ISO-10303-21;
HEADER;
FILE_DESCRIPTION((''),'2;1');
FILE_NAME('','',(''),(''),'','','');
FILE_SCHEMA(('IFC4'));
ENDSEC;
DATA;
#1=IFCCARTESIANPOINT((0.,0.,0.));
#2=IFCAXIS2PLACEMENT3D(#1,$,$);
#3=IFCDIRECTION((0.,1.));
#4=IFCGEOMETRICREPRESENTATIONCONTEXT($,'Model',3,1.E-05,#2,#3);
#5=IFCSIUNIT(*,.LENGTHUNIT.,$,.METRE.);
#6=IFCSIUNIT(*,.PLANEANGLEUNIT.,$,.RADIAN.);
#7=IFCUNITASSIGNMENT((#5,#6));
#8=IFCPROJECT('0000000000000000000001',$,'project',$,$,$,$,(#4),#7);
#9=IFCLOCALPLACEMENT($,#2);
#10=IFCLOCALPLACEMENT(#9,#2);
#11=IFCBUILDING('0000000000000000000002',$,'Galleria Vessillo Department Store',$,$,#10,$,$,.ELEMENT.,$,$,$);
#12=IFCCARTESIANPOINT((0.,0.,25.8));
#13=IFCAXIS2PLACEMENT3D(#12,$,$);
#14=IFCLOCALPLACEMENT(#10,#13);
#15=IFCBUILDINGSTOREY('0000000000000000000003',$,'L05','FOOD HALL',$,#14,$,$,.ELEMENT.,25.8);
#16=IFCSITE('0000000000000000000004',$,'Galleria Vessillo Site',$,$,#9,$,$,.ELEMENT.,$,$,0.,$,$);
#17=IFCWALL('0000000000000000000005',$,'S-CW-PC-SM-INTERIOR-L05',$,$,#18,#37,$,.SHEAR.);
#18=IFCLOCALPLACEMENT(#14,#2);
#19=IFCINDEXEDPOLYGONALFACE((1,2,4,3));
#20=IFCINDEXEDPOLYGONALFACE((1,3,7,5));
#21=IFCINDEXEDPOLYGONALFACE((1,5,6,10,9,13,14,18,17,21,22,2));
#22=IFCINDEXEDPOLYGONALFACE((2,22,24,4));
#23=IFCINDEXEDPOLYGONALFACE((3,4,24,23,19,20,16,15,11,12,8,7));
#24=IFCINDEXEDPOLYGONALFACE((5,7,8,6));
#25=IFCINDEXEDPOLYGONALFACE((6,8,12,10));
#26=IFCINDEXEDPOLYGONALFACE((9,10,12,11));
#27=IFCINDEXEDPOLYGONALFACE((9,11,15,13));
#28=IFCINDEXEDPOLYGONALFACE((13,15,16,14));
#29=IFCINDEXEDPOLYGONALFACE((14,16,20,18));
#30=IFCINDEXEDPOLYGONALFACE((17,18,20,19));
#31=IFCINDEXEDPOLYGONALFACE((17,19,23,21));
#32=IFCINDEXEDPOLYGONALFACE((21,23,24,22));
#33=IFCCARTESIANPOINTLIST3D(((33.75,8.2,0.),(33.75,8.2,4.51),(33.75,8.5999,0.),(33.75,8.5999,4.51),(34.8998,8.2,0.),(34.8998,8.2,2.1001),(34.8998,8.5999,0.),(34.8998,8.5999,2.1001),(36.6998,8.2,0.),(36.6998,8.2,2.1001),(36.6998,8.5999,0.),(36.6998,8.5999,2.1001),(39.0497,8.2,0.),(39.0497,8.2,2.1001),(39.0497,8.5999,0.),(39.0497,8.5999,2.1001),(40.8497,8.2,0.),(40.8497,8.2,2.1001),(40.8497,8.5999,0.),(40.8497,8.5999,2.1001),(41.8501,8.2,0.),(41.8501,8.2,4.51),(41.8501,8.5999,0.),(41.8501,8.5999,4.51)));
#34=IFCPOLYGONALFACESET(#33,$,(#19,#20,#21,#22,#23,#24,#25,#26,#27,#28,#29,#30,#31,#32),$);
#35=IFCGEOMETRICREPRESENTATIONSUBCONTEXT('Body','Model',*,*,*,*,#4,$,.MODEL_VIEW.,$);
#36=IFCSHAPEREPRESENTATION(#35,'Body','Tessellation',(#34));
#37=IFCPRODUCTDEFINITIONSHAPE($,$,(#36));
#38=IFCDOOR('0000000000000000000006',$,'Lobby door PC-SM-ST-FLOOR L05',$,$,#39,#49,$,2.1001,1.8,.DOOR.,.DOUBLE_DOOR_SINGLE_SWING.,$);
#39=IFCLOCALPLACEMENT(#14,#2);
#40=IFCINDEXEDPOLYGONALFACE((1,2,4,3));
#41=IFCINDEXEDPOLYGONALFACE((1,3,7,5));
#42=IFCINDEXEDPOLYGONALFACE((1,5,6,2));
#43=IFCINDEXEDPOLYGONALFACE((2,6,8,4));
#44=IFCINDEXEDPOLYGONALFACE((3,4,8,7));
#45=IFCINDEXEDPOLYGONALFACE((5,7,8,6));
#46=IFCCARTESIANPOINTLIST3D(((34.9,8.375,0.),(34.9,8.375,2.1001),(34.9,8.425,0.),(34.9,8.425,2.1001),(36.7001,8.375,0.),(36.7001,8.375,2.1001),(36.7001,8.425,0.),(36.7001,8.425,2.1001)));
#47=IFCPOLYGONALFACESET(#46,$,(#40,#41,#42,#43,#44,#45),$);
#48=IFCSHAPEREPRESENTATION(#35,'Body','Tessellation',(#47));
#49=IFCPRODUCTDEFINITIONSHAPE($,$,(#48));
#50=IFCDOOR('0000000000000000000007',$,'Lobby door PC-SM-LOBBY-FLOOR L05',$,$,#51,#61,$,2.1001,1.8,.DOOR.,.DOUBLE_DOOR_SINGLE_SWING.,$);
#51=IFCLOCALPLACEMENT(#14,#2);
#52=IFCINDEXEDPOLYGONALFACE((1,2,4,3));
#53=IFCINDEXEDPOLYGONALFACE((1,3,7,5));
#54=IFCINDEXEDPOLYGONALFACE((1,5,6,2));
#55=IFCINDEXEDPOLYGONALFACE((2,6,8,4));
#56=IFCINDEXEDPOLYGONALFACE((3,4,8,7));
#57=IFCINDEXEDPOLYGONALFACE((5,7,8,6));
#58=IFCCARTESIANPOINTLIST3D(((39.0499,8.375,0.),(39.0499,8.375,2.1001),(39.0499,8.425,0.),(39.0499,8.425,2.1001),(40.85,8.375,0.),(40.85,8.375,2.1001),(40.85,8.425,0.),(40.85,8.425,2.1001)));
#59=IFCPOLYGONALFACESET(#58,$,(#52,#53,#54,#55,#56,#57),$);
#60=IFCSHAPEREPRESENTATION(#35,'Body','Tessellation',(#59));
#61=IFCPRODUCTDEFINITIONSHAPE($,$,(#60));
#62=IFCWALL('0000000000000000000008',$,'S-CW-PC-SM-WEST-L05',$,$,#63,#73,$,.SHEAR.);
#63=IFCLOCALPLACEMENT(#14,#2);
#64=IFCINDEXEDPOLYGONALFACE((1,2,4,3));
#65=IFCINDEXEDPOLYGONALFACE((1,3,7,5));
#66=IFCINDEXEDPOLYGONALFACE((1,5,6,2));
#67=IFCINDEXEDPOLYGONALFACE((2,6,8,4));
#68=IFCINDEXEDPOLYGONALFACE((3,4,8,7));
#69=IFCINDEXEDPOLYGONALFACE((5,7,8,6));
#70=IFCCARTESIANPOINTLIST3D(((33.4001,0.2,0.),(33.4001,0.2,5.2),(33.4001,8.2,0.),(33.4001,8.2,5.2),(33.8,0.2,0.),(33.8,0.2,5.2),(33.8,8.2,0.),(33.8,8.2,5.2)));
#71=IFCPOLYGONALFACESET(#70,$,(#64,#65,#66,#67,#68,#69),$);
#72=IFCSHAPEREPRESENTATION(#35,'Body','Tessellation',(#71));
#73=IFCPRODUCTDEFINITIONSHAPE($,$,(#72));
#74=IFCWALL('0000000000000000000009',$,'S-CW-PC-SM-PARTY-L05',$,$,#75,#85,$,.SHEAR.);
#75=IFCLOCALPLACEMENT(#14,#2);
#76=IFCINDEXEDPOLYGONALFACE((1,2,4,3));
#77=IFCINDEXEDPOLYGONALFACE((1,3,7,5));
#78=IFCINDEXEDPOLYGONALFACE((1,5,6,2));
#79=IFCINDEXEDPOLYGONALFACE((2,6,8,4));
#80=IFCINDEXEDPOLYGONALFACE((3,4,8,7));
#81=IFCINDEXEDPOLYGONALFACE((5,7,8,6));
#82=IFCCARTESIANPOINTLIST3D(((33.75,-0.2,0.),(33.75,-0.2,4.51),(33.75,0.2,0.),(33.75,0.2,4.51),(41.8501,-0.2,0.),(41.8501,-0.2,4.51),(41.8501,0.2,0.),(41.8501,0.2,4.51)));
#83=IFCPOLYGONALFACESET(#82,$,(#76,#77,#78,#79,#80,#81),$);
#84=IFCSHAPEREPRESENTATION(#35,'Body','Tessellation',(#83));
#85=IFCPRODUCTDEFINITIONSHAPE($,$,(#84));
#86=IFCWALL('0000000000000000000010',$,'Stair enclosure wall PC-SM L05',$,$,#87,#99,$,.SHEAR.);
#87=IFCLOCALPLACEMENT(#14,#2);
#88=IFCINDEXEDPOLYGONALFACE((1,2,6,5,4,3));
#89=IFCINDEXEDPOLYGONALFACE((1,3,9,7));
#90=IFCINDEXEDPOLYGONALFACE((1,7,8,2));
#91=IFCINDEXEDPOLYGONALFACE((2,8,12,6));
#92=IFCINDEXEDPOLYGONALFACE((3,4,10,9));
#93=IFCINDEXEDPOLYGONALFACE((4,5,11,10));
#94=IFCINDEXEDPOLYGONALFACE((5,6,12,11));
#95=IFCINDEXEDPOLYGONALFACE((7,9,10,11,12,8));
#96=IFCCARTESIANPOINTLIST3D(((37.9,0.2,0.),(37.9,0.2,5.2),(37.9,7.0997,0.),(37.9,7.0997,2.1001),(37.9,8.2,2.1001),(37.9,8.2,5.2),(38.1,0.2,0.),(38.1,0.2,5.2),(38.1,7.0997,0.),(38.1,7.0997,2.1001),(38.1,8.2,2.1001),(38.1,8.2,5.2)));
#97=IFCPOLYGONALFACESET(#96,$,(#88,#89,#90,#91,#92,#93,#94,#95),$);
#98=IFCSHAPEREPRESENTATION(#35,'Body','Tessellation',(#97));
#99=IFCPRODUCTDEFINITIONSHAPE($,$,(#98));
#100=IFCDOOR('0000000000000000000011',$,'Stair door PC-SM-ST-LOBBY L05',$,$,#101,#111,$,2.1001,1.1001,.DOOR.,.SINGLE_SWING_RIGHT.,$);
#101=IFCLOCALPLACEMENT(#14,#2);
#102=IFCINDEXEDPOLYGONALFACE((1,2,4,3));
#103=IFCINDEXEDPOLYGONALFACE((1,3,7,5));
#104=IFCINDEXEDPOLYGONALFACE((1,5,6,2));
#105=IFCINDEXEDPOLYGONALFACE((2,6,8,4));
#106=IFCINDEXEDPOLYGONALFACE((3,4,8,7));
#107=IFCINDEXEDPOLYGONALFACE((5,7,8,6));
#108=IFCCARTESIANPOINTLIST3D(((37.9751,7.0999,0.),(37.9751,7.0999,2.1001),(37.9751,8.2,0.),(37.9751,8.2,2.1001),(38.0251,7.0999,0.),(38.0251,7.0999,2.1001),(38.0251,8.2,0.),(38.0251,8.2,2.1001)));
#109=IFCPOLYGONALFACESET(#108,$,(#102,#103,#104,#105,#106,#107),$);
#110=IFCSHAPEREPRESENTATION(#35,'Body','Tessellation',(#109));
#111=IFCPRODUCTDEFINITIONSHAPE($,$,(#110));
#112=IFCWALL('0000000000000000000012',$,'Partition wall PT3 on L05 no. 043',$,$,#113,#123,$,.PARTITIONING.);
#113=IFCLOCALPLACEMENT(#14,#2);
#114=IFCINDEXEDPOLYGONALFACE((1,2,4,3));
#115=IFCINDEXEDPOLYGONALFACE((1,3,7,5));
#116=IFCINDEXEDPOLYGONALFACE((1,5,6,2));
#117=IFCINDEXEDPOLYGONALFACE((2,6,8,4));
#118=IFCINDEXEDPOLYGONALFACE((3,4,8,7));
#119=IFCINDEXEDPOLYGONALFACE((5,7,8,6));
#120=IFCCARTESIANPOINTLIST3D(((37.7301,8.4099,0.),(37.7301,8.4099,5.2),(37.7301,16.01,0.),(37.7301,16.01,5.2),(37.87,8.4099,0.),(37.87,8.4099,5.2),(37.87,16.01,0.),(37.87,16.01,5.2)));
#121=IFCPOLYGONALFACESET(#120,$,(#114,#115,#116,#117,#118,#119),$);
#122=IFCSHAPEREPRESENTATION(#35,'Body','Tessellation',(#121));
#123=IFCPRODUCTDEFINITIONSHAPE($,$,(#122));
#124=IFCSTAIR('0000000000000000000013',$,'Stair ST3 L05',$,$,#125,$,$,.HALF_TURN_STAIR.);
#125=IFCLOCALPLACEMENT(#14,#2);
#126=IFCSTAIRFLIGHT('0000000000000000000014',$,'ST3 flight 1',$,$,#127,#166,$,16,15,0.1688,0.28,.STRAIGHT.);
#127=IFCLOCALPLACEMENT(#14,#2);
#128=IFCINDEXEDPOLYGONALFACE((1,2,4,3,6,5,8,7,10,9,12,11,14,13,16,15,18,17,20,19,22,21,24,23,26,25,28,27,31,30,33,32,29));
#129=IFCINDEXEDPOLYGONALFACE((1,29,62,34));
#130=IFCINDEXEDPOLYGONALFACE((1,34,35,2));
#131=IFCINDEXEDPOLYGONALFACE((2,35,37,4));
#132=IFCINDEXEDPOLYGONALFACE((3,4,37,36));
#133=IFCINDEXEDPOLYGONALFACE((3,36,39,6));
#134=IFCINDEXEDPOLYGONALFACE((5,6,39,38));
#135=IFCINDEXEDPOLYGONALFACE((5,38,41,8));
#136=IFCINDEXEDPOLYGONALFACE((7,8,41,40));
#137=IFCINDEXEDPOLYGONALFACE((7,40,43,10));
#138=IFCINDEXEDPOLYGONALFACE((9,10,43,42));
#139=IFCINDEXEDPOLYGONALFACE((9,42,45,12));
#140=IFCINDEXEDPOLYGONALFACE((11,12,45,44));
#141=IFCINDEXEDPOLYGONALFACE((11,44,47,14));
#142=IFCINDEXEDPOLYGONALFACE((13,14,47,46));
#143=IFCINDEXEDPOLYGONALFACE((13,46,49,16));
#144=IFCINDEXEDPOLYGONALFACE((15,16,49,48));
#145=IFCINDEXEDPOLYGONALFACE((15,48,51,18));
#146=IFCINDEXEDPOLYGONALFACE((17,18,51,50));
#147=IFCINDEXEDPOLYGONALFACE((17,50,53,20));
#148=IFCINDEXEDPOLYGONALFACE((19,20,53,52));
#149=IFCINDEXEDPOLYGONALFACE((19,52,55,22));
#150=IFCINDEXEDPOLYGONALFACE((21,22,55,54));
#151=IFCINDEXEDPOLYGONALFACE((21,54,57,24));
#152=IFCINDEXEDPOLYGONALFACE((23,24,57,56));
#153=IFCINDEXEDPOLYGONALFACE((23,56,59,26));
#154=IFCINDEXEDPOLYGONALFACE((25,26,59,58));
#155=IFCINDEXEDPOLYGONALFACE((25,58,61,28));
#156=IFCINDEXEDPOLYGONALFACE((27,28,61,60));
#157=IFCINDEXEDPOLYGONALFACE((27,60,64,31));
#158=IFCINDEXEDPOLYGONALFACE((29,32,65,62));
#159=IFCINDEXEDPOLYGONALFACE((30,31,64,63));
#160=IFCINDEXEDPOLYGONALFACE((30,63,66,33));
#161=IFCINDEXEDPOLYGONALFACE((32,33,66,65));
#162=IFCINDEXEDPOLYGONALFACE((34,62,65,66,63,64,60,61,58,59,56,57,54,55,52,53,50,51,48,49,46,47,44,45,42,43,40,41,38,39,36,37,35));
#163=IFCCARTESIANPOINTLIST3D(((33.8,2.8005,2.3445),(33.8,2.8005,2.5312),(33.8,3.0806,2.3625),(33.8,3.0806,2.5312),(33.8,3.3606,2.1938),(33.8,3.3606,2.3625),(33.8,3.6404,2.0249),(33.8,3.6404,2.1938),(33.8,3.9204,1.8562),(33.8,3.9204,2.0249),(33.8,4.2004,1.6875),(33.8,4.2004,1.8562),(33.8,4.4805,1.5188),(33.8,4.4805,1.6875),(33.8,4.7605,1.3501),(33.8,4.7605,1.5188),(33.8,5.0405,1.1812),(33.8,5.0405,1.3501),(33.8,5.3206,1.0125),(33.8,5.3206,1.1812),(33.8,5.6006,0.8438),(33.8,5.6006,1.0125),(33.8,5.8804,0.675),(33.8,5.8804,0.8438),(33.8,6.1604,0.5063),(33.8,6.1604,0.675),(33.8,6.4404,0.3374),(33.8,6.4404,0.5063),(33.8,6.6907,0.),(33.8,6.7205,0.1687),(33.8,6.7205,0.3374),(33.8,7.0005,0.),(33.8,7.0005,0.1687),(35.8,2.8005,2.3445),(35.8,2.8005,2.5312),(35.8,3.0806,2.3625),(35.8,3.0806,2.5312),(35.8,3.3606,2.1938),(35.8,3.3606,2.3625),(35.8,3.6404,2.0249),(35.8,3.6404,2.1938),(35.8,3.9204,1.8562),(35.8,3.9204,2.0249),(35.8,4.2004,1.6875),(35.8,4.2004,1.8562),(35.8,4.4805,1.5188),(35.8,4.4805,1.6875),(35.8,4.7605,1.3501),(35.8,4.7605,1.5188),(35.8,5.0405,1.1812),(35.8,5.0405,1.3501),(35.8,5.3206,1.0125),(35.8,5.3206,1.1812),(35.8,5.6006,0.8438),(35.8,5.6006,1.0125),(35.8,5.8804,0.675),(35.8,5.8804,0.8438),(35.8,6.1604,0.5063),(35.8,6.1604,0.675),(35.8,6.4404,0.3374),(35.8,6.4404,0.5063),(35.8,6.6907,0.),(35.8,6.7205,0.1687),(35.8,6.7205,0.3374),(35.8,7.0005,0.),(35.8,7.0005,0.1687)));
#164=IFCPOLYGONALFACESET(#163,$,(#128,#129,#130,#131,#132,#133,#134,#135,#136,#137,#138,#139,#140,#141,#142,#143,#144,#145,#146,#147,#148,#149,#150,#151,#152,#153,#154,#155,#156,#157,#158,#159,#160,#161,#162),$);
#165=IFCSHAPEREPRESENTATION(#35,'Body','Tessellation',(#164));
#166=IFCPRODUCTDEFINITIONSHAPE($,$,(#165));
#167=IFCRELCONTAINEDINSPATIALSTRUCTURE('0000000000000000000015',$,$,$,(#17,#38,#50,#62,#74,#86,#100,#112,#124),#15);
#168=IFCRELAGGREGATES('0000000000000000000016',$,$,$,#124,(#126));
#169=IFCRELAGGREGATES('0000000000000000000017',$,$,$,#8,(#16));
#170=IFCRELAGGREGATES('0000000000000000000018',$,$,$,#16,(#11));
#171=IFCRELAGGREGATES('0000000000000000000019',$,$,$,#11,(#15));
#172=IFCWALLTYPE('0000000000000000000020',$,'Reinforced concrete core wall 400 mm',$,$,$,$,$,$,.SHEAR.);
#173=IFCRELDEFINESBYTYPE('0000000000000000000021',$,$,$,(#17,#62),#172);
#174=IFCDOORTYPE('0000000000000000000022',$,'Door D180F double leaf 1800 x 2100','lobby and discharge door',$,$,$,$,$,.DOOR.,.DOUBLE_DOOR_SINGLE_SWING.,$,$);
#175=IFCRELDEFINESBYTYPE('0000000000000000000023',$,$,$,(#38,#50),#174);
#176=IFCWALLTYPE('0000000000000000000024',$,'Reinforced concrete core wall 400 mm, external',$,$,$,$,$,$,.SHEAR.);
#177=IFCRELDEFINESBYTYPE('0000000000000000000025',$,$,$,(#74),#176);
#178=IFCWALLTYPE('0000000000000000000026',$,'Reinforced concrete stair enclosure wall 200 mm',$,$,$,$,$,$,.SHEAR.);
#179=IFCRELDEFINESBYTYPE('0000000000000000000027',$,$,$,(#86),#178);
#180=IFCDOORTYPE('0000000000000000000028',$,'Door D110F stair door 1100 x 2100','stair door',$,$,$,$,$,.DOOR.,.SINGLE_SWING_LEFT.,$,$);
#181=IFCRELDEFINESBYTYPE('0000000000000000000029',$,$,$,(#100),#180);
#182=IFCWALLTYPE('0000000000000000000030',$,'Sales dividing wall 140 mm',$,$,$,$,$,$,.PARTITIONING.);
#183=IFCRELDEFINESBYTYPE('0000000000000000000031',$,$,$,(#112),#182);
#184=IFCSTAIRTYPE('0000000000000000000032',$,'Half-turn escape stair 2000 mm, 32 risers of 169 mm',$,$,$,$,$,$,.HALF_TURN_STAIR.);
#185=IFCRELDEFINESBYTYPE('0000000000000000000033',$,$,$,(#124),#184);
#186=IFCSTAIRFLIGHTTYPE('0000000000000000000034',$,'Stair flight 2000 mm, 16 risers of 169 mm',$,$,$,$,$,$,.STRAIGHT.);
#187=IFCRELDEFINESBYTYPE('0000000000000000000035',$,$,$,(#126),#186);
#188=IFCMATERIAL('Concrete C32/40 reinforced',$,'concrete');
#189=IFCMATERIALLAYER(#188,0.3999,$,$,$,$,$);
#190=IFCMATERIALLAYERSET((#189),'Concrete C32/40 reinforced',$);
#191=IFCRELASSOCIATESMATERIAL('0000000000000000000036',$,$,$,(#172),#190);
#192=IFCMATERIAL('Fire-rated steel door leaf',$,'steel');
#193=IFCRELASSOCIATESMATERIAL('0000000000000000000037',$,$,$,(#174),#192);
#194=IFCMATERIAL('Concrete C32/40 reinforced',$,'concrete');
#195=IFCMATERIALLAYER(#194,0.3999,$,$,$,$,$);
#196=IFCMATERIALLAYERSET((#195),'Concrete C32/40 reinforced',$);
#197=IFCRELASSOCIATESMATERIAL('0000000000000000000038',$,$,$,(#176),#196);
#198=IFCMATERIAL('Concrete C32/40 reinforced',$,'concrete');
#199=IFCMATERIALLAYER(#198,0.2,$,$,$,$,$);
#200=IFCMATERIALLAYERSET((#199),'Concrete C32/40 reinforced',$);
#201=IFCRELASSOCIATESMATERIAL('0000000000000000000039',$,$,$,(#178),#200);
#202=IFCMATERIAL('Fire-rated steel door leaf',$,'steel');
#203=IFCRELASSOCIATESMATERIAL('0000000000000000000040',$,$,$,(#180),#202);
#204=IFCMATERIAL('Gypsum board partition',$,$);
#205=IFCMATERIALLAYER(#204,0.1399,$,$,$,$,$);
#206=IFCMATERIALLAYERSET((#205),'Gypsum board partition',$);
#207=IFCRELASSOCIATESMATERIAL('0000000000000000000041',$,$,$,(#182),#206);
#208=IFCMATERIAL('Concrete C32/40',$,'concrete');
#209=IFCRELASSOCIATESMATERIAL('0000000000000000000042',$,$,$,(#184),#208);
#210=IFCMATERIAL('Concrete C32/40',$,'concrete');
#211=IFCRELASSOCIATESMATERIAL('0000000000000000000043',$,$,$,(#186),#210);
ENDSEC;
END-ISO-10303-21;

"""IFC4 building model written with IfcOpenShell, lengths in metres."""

from ifc_helpers import new_model, si_unit, direction, frame, frame_2d, origin, place, context, subcontext, project, spatial, polyline, rectangle, outline, extrude, material, layer, layer_set, type_object, element, fill, aggregate, save


model = new_model("IFC4")

# Units and contexts
model_context = context("Model", 3, precision=1e-05, world=origin(), true_north=direction((0.0, 1.0)))
body_context = subcontext(model_context, "Body", "Model", "MODEL_VIEW")
ifc_project = project(units=[si_unit("LENGTHUNIT", "METRE"), si_unit("PLANEANGLEUNIT", "RADIAN")], contexts=[model_context])

# Site, building, storey
site_placement = place(None, origin())
site = spatial("IfcSite", under=ifc_project, at=site_placement, Name="Galleria Vessillo Site", CompositionType="ELEMENT", RefElevation=0.0)
building_placement = place(site_placement, origin())
building = spatial("IfcBuilding", under=site, at=building_placement, Name="Galleria Vessillo Department Store", CompositionType="ELEMENT")
storey_placement = place(building_placement, frame((0.0, 0.0, 25.8)))
storey = spatial("IfcBuildingStorey", under=building, at=storey_placement, Name="L05", Description="FOOD HALL", CompositionType="ELEMENT", Elevation=25.8)

# Wall, openings, doors
ifc_material_1 = material(Name="Concrete C32/40 reinforced", Category="concrete")
ifc_layer_1 = layer(ifc_material_1, 0.3999)
ifc_layer_set_1 = layer_set([ifc_layer_1], Name="Concrete C32/40 reinforced")
wall_type_1 = type_object("IfcWallType", Name="Reinforced concrete core wall 400 mm", PredefinedType="SHEAR", material=ifc_layer_set_1)
wall_1_placement = place(storey_placement, frame((33.75, 8.3999, 0.0), z_axis=(0.0, 0.0, 1.0), x_axis=(1.0, 0.0, 0.0)))
wall_1 = element("IfcWall", 1, at=wall_1_placement, inside=storey, type_object=wall_type_1, Name="S-CW-PC-SM-INTERIOR-L05", PredefinedType="SHEAR", context=body_context, shape_type="SweptSolid", body=[
    extrude(rectangle(XDim=8.1001, YDim=0.3999, at=frame_2d((4.05, 0.0))), origin(), (0.0, 0.0, 1.0), 4.51),
])
opening_1_placement = place(wall_1_placement, frame((1.1499, 0.0, 0.0)))
opening_1 = element("IfcOpeningElement", 2, at=opening_1_placement, cuts=wall_1, PredefinedType="OPENING", context=body_context, shape_type="SweptSolid", body=[
    extrude(rectangle(XDim=1.8, YDim=2.1001, at=frame_2d((0.8999, 1.05))), frame((0.0, 0.21, 0.0), z_axis=(0.0, -1.0, 0.0), x_axis=(1.0, 0.0, 0.0)), (0.0, 0.0, 1.0), 0.4199),
])
opening_2_placement = place(wall_1_placement, frame((5.2998, 0.0, 0.0)))
opening_2 = element("IfcOpeningElement", 3, at=opening_2_placement, cuts=wall_1, PredefinedType="OPENING", context=body_context, shape_type="SweptSolid", body=[
    extrude(rectangle(XDim=1.8, YDim=2.1001, at=frame_2d((0.8999, 1.05))), frame((0.0, 0.21, 0.0), z_axis=(0.0, -1.0, 0.0), x_axis=(1.0, 0.0, 0.0)), (0.0, 0.0, 1.0), 0.4199),
])
ifc_material_2 = material(Name="Fire-rated steel door leaf", Category="steel")
door_type_1 = type_object("IfcDoorType", Name="Door D180F double leaf 1800 x 2100", Description="lobby and discharge door", OperationType="DOUBLE_DOOR_SINGLE_SWING", PredefinedType="DOOR", material=ifc_material_2)
door_1_placement = place(opening_1_placement, frame((1.8, 0.0, 0.0), z_axis=(0.0, 0.0, 1.0), x_axis=(-1.0, 0.0, 0.0)))
door_1 = element("IfcDoor", 4, at=door_1_placement, inside=storey, type_object=door_type_1, Name="Lobby door PC-SM-ST-FLOOR L05", OperationType="DOUBLE_DOOR_SINGLE_SWING", OverallHeight=2.1001, OverallWidth=1.8, PredefinedType="DOOR", context=body_context, shape_type="SweptSolid", body=[
    extrude(rectangle(XDim=1.8, YDim=2.1001, at=frame_2d((0.8999, 1.05))), frame((0.0, 0.0249, 0.0), z_axis=(0.0, -1.0, 0.0), x_axis=(1.0, 0.0, 0.0)), (0.0, 0.0, 1.0), 0.05),
])
fill(opening_1, door_1)
door_2_placement = place(opening_2_placement, frame((1.8, 0.0, 0.0), z_axis=(0.0, 0.0, 1.0), x_axis=(-1.0, 0.0, 0.0)))
door_2 = element("IfcDoor", 5, at=door_2_placement, inside=storey, type_object=door_type_1, Name="Lobby door PC-SM-LOBBY-FLOOR L05", OperationType="DOUBLE_DOOR_SINGLE_SWING", OverallHeight=2.1001, OverallWidth=1.8, PredefinedType="DOOR", context=body_context, shape_type="SweptSolid", body=[
    extrude(rectangle(XDim=1.8, YDim=2.1001, at=frame_2d((0.8999, 1.05))), frame((0.0, 0.0249, 0.0), z_axis=(0.0, -1.0, 0.0), x_axis=(1.0, 0.0, 0.0)), (0.0, 0.0, 1.0), 0.05),
])
fill(opening_2, door_2)

# Walls
wall_2_placement = place(storey_placement, frame((33.6001, 0.2, 0.0), z_axis=(0.0, 0.0, 1.0), x_axis=(0.0, 1.0, 0.0)))
element("IfcWall", 6, at=wall_2_placement, inside=storey, type_object=wall_type_1, Name="S-CW-PC-SM-WEST-L05", PredefinedType="SHEAR", context=body_context, shape_type="SweptSolid", body=[
    extrude(rectangle(XDim=8.0, YDim=0.3999, at=frame_2d((4.0, 0.0))), origin(), (0.0, 0.0, 1.0), 5.2),
])
ifc_material_3 = material(Name="Concrete C32/40 reinforced", Category="concrete")
ifc_layer_2 = layer(ifc_material_3, 0.3999)
ifc_layer_set_2 = layer_set([ifc_layer_2], Name="Concrete C32/40 reinforced")
wall_type_2 = type_object("IfcWallType", Name="Reinforced concrete core wall 400 mm, external", PredefinedType="SHEAR", material=ifc_layer_set_2)
wall_3_placement = place(storey_placement, frame((33.75, 0.0, 0.0), z_axis=(0.0, 0.0, 1.0), x_axis=(1.0, 0.0, 0.0)))
element("IfcWall", 7, at=wall_3_placement, inside=storey, type_object=wall_type_2, Name="S-CW-PC-SM-PARTY-L05", PredefinedType="SHEAR", context=body_context, shape_type="SweptSolid", body=[
    extrude(rectangle(XDim=8.1001, YDim=0.3999, at=frame_2d((4.05, 0.0))), origin(), (0.0, 0.0, 1.0), 4.51),
])

# Wall, opening, door
ifc_material_4 = material(Name="Concrete C32/40 reinforced", Category="concrete")
ifc_layer_3 = layer(ifc_material_4, 0.2)
ifc_layer_set_3 = layer_set([ifc_layer_3], Name="Concrete C32/40 reinforced")
wall_type_3 = type_object("IfcWallType", Name="Reinforced concrete stair enclosure wall 200 mm", PredefinedType="SHEAR", material=ifc_layer_set_3)
wall_4_placement = place(storey_placement, frame((38.0, 0.2, 0.0), z_axis=(0.0, 0.0, 1.0), x_axis=(0.0, 1.0, 0.0)))
wall_4 = element("IfcWall", 8, at=wall_4_placement, inside=storey, type_object=wall_type_3, Name="Stair enclosure wall PC-SM L05", PredefinedType="SHEAR", context=body_context, shape_type="SweptSolid", body=[
    extrude(rectangle(XDim=8.0, YDim=0.2, at=frame_2d((4.0, 0.0))), origin(), (0.0, 0.0, 1.0), 5.2),
])
opening_3_placement = place(wall_4_placement, frame((6.8999, 0.0, 0.0)))
opening_3 = element("IfcOpeningElement", 9, at=opening_3_placement, cuts=wall_4, PredefinedType="OPENING", context=body_context, shape_type="SweptSolid", body=[
    extrude(rectangle(XDim=1.1101, YDim=2.1001, at=frame_2d((0.5549, 1.05))), frame((0.0, 0.1099, 0.0), z_axis=(0.0, -1.0, 0.0), x_axis=(1.0, 0.0, 0.0)), (0.0, 0.0, 1.0), 0.22),
])
ifc_material_5 = material(Name="Fire-rated steel door leaf", Category="steel")
door_type_2 = type_object("IfcDoorType", Name="Door D110F stair door 1100 x 2100", Description="stair door", OperationType="SINGLE_SWING_LEFT", PredefinedType="DOOR", material=ifc_material_5)
door_3_placement = place(opening_3_placement, origin())
door_3 = element("IfcDoor", 10, at=door_3_placement, inside=storey, type_object=door_type_2, Name="Stair door PC-SM-ST-LOBBY L05", OperationType="SINGLE_SWING_RIGHT", OverallHeight=2.1001, OverallWidth=1.1001, PredefinedType="DOOR", context=body_context, shape_type="SweptSolid", body=[
    extrude(rectangle(XDim=1.1001, YDim=2.1001, at=frame_2d((0.55, 1.05))), frame((0.0, 0.0249, 0.0), z_axis=(0.0, -1.0, 0.0), x_axis=(1.0, 0.0, 0.0)), (0.0, 0.0, 1.0), 0.05),
])
fill(opening_3, door_3)

# Wall
ifc_material_6 = material(Name="Gypsum board partition")
ifc_layer_4 = layer(ifc_material_6, 0.1399)
ifc_layer_set_4 = layer_set([ifc_layer_4], Name="Gypsum board partition")
wall_type_4 = type_object("IfcWallType", Name="Sales dividing wall 140 mm", PredefinedType="PARTITIONING", material=ifc_layer_set_4)
wall_5_placement = place(storey_placement, frame((37.8, 8.4099, 0.0), z_axis=(0.0, 0.0, 1.0), x_axis=(0.0, 1.0, 0.0)))
element("IfcWall", 11, at=wall_5_placement, inside=storey, type_object=wall_type_4, Name="Partition wall PT3 on L05 no. 043", PredefinedType="PARTITIONING", context=body_context, shape_type="SweptSolid", body=[
    extrude(rectangle(XDim=7.6001, YDim=0.1399, at=frame_2d((3.8, 0.0))), origin(), (0.0, 0.0, 1.0), 5.2),
])

# Stair, stair flight
ifc_material_7 = material(Name="Concrete C32/40", Category="concrete")
stair_type = type_object("IfcStairType", Name="Half-turn escape stair 2000 mm, 32 risers of 169 mm", PredefinedType="HALF_TURN_STAIR", material=ifc_material_7)
stair_placement = place(storey_placement, origin())
stair = element("IfcStair", 12, at=stair_placement, inside=storey, type_object=stair_type, Name="Stair ST3 L05", PredefinedType="HALF_TURN_STAIR")
ifc_material_8 = material(Name="Concrete C32/40", Category="concrete")
stair_flight_type = type_object("IfcStairFlightType", Name="Stair flight 2000 mm, 16 risers of 169 mm", PredefinedType="STRAIGHT", material=ifc_material_8)
stair_flight_1_placement = place(storey_placement, frame((34.8, 7.0005, 0.0), z_axis=(0.0, 0.0, 1.0), x_axis=(0.0, -1.0, 0.0)))
stair_flight_1 = element("IfcStairFlight", 13, at=stair_flight_1_placement, type_object=stair_flight_type, Name="ST3 flight 1", NumberOfRisers=16, NumberOfTreads=15, PredefinedType="STRAIGHT", RiserHeight=0.1688, TreadLength=0.28, context=body_context, shape_type="SweptSolid", body=[
    extrude(outline(polyline([(0.0, 0.0), (0.0, 0.1687), (0.28, 0.1687), (0.28, 0.3374), (0.5601, 0.3374), (0.5601, 0.5063), (0.8401, 0.5063), (0.8401, 0.675), (1.1201, 0.675), (1.1201, 0.8438), (1.3999, 0.8438), (1.3999, 1.0125), (1.6799, 1.0125), (1.6799, 1.1812), (1.96, 1.1812), (1.96, 1.3501), (2.24, 1.3501), (2.24, 1.5188), (2.52, 1.5188), (2.52, 1.6875), (2.8, 1.6875), (2.8, 1.8562), (3.0801, 1.8562), (3.0801, 2.0249), (3.3601, 2.0249), (3.3601, 2.1938), (3.6399, 2.1938), (3.6399, 2.3625), (3.9199, 2.3625), (3.9199, 2.5312), (4.2, 2.5312), (4.2, 2.7), (4.2, 2.3445), (0.3098, 0.0), (0.0, 0.0)])), frame((0.0, 1.0, 0.0), z_axis=(0.0, -1.0, 0.0), x_axis=(1.0, 0.0, 0.0)), (0.0, 0.0, 1.0), 2.0),
])
aggregate(stair, [stair_flight_1])

save(model, "model.ifc")
